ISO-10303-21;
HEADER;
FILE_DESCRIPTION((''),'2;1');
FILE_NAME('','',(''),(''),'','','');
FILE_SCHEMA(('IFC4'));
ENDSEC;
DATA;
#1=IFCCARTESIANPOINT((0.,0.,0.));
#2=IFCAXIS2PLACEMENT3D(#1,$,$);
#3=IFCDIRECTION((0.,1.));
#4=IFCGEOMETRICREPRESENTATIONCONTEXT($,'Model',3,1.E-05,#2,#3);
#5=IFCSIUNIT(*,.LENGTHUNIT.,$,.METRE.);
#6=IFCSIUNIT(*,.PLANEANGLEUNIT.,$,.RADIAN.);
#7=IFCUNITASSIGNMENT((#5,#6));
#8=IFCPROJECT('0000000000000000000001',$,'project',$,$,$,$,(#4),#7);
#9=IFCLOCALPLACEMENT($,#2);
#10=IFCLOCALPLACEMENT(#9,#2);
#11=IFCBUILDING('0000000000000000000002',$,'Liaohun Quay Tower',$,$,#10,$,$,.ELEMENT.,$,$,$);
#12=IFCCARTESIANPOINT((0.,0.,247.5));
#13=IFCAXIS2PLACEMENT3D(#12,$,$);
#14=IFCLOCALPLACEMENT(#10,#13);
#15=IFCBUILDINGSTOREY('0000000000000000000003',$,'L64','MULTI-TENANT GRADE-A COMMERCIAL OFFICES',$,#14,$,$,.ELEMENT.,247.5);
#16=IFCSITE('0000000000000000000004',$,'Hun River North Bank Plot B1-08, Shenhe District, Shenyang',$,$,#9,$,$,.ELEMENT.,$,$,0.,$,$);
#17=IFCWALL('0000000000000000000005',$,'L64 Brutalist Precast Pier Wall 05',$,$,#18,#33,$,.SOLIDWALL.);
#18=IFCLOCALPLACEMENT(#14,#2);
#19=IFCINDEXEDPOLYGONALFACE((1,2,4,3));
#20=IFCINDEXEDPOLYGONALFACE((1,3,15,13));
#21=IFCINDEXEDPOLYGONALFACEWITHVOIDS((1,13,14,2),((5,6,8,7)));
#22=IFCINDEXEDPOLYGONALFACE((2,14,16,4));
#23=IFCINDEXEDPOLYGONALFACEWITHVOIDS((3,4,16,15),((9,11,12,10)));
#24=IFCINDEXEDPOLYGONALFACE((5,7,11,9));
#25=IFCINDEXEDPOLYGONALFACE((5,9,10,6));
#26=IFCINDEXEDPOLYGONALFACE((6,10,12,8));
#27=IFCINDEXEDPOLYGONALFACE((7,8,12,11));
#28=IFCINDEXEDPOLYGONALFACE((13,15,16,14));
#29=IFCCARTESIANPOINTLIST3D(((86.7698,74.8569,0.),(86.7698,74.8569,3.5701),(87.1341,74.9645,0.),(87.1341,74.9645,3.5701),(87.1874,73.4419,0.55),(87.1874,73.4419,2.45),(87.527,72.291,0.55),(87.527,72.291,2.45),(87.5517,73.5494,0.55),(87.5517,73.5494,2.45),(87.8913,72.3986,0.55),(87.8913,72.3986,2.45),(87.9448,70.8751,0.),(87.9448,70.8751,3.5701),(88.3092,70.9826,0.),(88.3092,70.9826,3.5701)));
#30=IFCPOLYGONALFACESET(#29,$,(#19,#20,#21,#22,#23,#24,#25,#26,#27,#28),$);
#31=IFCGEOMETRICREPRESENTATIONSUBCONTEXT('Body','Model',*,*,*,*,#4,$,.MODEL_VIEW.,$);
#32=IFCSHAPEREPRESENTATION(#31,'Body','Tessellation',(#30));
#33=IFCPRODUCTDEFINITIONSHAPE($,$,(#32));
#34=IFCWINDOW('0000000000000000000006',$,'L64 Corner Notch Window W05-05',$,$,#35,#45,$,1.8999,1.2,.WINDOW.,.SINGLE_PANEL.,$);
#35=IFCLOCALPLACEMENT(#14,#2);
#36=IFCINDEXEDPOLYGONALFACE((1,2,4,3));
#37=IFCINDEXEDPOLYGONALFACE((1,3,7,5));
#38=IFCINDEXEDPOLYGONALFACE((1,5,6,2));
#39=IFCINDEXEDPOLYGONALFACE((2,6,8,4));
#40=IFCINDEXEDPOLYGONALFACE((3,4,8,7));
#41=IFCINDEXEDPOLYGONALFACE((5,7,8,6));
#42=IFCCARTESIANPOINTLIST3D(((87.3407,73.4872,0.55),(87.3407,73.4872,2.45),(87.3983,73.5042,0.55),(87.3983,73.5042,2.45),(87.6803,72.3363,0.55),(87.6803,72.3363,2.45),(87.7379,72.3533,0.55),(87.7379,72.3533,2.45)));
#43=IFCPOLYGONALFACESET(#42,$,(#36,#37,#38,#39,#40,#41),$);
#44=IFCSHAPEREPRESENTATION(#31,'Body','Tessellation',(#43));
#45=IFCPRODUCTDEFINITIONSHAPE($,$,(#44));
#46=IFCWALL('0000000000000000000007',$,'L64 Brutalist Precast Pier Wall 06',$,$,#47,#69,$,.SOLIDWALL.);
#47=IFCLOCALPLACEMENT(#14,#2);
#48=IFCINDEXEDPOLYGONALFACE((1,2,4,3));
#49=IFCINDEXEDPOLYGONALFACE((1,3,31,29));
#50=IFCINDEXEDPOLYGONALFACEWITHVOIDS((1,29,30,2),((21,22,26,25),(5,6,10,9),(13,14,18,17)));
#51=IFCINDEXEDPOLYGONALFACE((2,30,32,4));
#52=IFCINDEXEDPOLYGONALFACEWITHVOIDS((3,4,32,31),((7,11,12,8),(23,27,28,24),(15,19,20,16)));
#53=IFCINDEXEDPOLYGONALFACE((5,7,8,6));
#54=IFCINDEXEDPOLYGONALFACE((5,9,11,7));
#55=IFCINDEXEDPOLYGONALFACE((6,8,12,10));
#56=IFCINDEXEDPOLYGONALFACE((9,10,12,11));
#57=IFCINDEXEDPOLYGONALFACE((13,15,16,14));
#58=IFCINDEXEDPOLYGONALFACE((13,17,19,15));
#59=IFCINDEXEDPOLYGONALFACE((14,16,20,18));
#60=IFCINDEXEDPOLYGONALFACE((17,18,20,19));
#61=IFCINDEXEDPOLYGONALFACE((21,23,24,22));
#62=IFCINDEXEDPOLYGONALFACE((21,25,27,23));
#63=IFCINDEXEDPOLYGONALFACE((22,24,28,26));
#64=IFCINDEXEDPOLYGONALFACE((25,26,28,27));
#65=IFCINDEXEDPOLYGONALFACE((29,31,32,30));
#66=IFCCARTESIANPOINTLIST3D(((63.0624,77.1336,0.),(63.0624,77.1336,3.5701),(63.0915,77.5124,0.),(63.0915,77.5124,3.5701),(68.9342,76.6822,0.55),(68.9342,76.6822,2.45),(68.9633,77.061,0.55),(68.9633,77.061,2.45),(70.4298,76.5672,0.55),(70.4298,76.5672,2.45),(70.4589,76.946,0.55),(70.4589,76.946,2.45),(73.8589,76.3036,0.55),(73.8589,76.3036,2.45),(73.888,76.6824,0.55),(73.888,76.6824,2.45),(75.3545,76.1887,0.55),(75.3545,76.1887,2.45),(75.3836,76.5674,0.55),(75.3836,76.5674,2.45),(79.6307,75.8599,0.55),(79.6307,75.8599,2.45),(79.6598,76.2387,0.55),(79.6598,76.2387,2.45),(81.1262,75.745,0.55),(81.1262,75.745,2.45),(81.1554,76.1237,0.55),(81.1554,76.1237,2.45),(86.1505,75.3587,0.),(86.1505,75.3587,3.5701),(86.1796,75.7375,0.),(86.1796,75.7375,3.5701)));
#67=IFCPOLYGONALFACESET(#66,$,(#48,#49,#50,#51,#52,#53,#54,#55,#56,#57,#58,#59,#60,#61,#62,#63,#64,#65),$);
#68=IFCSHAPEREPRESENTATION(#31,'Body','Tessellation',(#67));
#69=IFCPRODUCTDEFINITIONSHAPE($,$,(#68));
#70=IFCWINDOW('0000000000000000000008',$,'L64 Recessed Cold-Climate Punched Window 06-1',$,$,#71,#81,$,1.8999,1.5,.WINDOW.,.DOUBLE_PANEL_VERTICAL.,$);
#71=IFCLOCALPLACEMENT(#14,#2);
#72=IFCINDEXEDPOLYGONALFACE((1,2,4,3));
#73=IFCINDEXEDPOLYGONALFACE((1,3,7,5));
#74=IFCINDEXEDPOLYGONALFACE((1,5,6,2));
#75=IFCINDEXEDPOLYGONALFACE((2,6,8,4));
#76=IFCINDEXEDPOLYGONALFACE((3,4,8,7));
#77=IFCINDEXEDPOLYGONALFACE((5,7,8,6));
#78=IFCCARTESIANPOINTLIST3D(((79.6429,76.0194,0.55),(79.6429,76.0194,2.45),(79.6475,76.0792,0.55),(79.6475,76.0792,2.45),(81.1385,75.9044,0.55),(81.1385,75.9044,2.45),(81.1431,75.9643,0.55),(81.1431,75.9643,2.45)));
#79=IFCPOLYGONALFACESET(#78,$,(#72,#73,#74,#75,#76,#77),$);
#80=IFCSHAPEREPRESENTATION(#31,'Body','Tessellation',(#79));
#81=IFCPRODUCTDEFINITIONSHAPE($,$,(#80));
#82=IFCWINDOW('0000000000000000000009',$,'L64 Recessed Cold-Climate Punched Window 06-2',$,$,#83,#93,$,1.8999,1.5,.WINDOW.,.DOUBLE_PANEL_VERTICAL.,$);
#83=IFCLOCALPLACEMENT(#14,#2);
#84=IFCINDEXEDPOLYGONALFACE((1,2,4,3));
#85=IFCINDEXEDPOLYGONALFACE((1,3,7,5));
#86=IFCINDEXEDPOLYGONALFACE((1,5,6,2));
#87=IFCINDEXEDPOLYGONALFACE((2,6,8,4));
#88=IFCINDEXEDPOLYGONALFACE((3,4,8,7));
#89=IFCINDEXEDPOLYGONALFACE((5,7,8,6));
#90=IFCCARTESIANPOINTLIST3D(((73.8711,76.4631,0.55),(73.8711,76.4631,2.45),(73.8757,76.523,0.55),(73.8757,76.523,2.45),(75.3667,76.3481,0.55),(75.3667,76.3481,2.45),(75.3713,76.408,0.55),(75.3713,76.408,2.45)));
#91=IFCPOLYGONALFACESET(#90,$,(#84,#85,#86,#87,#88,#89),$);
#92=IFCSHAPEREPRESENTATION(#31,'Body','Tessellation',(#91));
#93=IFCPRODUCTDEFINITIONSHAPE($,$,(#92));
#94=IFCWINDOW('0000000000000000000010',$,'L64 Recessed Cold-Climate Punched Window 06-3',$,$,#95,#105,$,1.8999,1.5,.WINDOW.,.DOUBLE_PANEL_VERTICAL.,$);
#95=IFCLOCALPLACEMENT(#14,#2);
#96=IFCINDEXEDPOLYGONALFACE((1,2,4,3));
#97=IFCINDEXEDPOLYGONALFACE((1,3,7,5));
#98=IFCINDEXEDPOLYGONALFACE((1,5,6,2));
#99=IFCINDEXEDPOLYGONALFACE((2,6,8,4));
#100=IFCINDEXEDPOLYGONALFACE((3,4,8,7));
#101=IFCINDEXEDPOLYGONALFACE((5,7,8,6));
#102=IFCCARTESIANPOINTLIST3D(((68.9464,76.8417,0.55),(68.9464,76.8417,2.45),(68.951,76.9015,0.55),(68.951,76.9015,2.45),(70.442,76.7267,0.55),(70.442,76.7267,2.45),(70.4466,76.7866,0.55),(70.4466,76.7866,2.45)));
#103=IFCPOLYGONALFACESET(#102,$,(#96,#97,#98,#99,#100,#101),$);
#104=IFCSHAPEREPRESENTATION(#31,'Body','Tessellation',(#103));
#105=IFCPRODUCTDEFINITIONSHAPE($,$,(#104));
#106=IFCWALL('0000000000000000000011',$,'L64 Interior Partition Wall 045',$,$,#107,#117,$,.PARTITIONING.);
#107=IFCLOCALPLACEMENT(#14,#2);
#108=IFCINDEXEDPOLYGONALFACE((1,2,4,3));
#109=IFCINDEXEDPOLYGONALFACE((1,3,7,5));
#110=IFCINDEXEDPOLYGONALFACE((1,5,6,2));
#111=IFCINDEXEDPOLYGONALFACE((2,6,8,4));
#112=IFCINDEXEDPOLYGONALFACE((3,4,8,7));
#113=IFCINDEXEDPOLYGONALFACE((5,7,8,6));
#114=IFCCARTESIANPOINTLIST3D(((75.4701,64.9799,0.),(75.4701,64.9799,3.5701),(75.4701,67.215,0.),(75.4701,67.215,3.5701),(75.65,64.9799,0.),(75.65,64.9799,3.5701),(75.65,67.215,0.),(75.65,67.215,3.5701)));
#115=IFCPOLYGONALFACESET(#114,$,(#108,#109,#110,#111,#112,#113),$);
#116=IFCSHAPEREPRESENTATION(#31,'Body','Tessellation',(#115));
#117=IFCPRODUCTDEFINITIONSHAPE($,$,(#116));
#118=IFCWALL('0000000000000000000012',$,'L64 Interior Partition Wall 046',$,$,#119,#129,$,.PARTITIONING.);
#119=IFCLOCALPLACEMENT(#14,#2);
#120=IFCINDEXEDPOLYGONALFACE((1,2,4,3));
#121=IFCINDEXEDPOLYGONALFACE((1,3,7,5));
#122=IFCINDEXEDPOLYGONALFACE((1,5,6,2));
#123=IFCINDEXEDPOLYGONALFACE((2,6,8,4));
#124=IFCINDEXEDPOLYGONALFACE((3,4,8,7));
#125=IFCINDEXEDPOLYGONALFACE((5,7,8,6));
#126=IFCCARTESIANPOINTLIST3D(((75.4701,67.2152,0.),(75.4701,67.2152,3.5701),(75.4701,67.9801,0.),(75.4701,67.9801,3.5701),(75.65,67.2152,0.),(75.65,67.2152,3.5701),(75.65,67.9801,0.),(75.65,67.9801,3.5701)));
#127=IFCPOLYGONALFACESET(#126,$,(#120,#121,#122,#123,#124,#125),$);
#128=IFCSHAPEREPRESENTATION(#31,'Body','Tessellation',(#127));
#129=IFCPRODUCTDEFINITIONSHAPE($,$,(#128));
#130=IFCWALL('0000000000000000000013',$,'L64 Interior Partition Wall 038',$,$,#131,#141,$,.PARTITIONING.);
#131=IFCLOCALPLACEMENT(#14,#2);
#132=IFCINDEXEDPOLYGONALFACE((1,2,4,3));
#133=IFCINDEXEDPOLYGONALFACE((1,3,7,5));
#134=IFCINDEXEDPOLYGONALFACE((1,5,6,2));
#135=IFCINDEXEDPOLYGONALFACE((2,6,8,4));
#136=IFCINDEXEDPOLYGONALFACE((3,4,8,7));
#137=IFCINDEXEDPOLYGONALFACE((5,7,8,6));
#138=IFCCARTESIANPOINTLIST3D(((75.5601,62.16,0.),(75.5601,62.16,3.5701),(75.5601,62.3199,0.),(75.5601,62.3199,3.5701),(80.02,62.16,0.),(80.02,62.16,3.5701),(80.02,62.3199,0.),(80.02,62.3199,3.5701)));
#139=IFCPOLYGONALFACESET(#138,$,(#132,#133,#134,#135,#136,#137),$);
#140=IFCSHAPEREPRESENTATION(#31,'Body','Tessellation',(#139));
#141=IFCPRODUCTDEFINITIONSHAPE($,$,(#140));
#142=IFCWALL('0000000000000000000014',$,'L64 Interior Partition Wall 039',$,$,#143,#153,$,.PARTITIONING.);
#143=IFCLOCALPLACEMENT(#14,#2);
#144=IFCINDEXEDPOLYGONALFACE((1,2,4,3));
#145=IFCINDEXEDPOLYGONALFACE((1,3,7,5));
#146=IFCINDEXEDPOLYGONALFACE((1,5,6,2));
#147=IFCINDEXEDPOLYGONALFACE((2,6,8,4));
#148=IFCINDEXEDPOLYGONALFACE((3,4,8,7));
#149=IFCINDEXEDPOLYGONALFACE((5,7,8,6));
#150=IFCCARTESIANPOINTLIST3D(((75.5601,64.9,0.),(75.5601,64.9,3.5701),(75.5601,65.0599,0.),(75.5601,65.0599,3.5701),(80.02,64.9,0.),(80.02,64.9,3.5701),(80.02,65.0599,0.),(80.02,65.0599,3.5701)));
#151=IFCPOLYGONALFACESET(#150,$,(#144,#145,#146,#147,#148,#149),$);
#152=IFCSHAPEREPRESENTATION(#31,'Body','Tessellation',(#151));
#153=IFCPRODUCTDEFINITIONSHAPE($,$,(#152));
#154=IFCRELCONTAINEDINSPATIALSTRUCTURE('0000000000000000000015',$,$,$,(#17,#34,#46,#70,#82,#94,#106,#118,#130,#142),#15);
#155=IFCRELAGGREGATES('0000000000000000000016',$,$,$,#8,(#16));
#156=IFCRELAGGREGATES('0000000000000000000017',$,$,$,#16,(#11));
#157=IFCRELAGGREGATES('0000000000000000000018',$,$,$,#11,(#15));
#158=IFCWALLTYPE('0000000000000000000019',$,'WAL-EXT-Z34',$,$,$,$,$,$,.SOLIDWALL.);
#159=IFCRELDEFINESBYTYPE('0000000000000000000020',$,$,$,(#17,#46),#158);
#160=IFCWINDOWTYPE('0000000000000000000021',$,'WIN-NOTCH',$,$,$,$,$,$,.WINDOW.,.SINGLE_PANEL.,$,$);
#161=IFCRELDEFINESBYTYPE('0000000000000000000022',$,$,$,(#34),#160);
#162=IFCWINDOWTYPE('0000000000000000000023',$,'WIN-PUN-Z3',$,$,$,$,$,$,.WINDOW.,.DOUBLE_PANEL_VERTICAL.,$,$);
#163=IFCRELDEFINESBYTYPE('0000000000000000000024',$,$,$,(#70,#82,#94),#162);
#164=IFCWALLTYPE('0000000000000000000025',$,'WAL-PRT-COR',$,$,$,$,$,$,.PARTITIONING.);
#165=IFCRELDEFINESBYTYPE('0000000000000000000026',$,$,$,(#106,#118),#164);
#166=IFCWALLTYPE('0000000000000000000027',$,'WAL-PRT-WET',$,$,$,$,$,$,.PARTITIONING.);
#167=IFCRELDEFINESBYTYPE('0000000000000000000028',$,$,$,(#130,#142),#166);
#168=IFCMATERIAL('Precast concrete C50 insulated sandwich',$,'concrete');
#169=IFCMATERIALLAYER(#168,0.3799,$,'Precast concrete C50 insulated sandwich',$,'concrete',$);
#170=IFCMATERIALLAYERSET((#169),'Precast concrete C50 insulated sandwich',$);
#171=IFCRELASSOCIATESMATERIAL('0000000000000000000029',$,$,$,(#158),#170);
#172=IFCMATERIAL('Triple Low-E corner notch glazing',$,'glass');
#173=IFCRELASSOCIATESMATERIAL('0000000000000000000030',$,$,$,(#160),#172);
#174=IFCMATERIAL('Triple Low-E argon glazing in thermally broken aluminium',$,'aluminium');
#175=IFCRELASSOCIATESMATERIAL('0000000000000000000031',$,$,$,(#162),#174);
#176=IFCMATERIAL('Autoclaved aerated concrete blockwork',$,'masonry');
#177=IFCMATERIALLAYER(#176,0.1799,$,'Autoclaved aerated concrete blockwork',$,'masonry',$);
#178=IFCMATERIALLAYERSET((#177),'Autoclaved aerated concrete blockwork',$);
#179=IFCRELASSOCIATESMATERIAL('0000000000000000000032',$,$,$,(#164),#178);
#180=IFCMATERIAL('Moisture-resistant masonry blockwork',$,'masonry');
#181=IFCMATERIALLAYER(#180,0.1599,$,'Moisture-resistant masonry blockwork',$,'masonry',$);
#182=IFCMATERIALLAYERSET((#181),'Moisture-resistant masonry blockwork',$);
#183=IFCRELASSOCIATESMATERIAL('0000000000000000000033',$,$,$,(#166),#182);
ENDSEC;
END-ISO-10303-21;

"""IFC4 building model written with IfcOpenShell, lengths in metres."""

from ifc_helpers import new_model, si_unit, direction, frame, frame_2d, origin, place, context, subcontext, project, spatial, rectangle, extrude, source, transform, mapped, material, layer, layer_set, type_object, element, fill, save


model = new_model("IFC4")

# Units and contexts
model_context = context("Model", 3, precision=1e-05, world=origin(), true_north=direction((0.0, 1.0)))
body_context = subcontext(model_context, "Body", "Model", "MODEL_VIEW")
ifc_project = project(units=[si_unit("LENGTHUNIT", "METRE"), si_unit("PLANEANGLEUNIT", "RADIAN")], contexts=[model_context])

# Site, building, storey
site_placement = place(None, origin())
site = spatial("IfcSite", under=ifc_project, at=site_placement, Name="Hun River North Bank Plot B1-08, Shenhe District, Shenyang", CompositionType="ELEMENT", RefElevation=0.0)
building_placement = place(site_placement, origin())
building = spatial("IfcBuilding", under=site, at=building_placement, Name="Liaohun Quay Tower", CompositionType="ELEMENT")
storey_placement = place(building_placement, frame((0.0, 0.0, 247.5)))
storey = spatial("IfcBuildingStorey", under=building, at=storey_placement, Name="L64", Description="MULTI-TENANT GRADE-A COMMERCIAL OFFICES", CompositionType="ELEMENT", Elevation=247.5)

# Wall, opening, window
ifc_material_1 = material(Name="Precast concrete C50 insulated sandwich", Category="concrete")
ifc_layer_1 = layer(ifc_material_1, 0.3799, Name="Precast concrete C50 insulated sandwich", Category="concrete")
ifc_layer_set_1 = layer_set([ifc_layer_1], Name="Precast concrete C50 insulated sandwich")
wall_type_1 = type_object("IfcWallType", Name="WAL-EXT-Z34", PredefinedType="SOLIDWALL", material=ifc_layer_set_1)
shared_shape_1 = source(origin(), body_context, "Body", "SweptSolid", [
    extrude(rectangle(XDim=1.2, YDim=1.8999, at=frame_2d((0.6001, 0.95))), frame((0.0, 0.2, 0.0), z_axis=(0.0, -1.0, 0.0), x_axis=(1.0, 0.0, 0.0)), (0.0, 0.0, 1.0), 0.3999),
])
ifc_material_2 = material(Name="Triple Low-E corner notch glazing", Category="glass")
window_type_1 = type_object("IfcWindowType", Name="WIN-NOTCH", PartitioningType="SINGLE_PANEL", PredefinedType="WINDOW", material=ifc_material_2)
shared_shape_2 = source(origin(), body_context, "Body", "SweptSolid", [
    extrude(rectangle(XDim=1.2, YDim=1.8999, at=frame_2d((0.6001, 0.95))), frame((0.0, 0.03, 0.0), z_axis=(0.0, -1.0, 0.0), x_axis=(1.0, 0.0, 0.0)), (0.0, 0.0, 1.0), 0.0601),
])
wall_1_placement = place(storey_placement, frame((88.127, 70.929, 0.0), z_axis=(0.0, 0.0, 1.0), x_axis=(-0.283029, 0.959111, 0.0)))
wall_1 = element("IfcWall", 1, at=wall_1_placement, inside=storey, type_object=wall_type_1, Name="L64 Brutalist Precast Pier Wall 05", PredefinedType="SOLIDWALL", context=body_context, shape_type="SweptSolid", body=[
    extrude(rectangle(XDim=4.1516, YDim=0.3799, at=frame_2d((2.0757, 0.0))), origin(), (0.0, 0.0, 1.0), 3.5701),
])
opening_1_placement = place(wall_1_placement, frame((1.4761, 0.0, 0.55)))
opening_1 = element("IfcOpeningElement", 2, at=opening_1_placement, cuts=wall_1, PredefinedType="OPENING", context=body_context, shape_type="MappedRepresentation", body=[
    mapped(shared_shape_1, transform((0.0, 0.0, 0.0), x_axis=(1.0, 0.0, 0.0), y_axis=(0.0, 1.0, 0.0), z_axis=(0.0, 0.0, 1.0), scale=1.0)),
])
window_1_placement = place(opening_1_placement, origin())
window_1 = element("IfcWindow", 3, at=window_1_placement, inside=storey, type_object=window_type_1, Name="L64 Corner Notch Window W05-05", OverallHeight=1.8999, OverallWidth=1.2, PartitioningType="SINGLE_PANEL", PredefinedType="WINDOW", context=body_context, shape_type="MappedRepresentation", body=[
    mapped(shared_shape_2, transform((0.0, 0.0, 0.0), x_axis=(1.0, 0.0, 0.0), y_axis=(0.0, 1.0, 0.0), z_axis=(0.0, 0.0, 1.0), scale=1.0)),
])
fill(opening_1, window_1)

# Wall, openings, windows
wall_2_placement = place(storey_placement, frame((86.165, 75.5481, 0.0), z_axis=(0.0, 0.0, 1.0), x_axis=(-0.997058, 0.076649, 0.0)))
wall_2 = element("IfcWall", 4, at=wall_2_placement, inside=storey, type_object=wall_type_1, Name="L64 Brutalist Precast Pier Wall 06", PredefinedType="SOLIDWALL", context=body_context, shape_type="SweptSolid", body=[
    extrude(rectangle(XDim=23.1562, YDim=0.3799, at=frame_2d((11.5781, 0.0))), origin(), (0.0, 0.0, 1.0), 3.5701),
])
shared_shape_3 = source(origin(), body_context, "Body", "SweptSolid", [
    extrude(rectangle(XDim=1.5, YDim=1.8999, at=frame_2d((0.75, 0.95))), frame((0.0, 0.2, 0.0), z_axis=(0.0, -1.0, 0.0), x_axis=(1.0, 0.0, 0.0)), (0.0, 0.0, 1.0), 0.3999),
])
opening_2_placement = place(wall_2_placement, frame((5.0391, 0.0, 0.55)))
opening_2 = element("IfcOpeningElement", 5, at=opening_2_placement, cuts=wall_2, PredefinedType="OPENING", context=body_context, shape_type="MappedRepresentation", body=[
    mapped(shared_shape_3, transform((0.0, 0.0, 0.0), x_axis=(1.0, 0.0, 0.0), y_axis=(0.0, 1.0, 0.0), z_axis=(0.0, 0.0, 1.0), scale=1.0)),
])
opening_3_placement = place(wall_2_placement, frame((10.8279, 0.0, 0.55)))
opening_3 = element("IfcOpeningElement", 6, at=opening_3_placement, cuts=wall_2, PredefinedType="OPENING", context=body_context, shape_type="MappedRepresentation", body=[
    mapped(shared_shape_3, transform((0.0, 0.0, 0.0), x_axis=(1.0, 0.0, 0.0), y_axis=(0.0, 1.0, 0.0), z_axis=(0.0, 0.0, 1.0), scale=1.0)),
])
opening_4_placement = place(wall_2_placement, frame((15.7671, 0.0, 0.55)))
opening_4 = element("IfcOpeningElement", 7, at=opening_4_placement, cuts=wall_2, PredefinedType="OPENING", context=body_context, shape_type="MappedRepresentation", body=[
    mapped(shared_shape_3, transform((0.0, 0.0, 0.0), x_axis=(1.0, 0.0, 0.0), y_axis=(0.0, 1.0, 0.0), z_axis=(0.0, 0.0, 1.0), scale=1.0)),
])
ifc_material_3 = material(Name="Triple Low-E argon glazing in thermally broken aluminium", Category="aluminium")
window_type_2 = type_object("IfcWindowType", Name="WIN-PUN-Z3", PartitioningType="DOUBLE_PANEL_VERTICAL", PredefinedType="WINDOW", material=ifc_material_3)
shared_shape_4 = source(origin(), body_context, "Body", "SweptSolid", [
    extrude(rectangle(XDim=1.5, YDim=1.8999, at=frame_2d((0.75, 0.95))), frame((0.0, 0.03, 0.0), z_axis=(0.0, -1.0, 0.0), x_axis=(1.0, 0.0, 0.0)), (0.0, 0.0, 1.0), 0.0601),
])
window_2_placement = place(opening_2_placement, origin())
window_2 = element("IfcWindow", 8, at=window_2_placement, inside=storey, type_object=window_type_2, Name="L64 Recessed Cold-Climate Punched Window 06-1", OverallHeight=1.8999, OverallWidth=1.5, PartitioningType="DOUBLE_PANEL_VERTICAL", PredefinedType="WINDOW", context=body_context, shape_type="MappedRepresentation", body=[
    mapped(shared_shape_4, transform((0.0, 0.0, 0.0), x_axis=(1.0, 0.0, 0.0), y_axis=(0.0, 1.0, 0.0), z_axis=(0.0, 0.0, 1.0), scale=1.0)),
])
fill(opening_2, window_2)
window_3_placement = place(opening_3_placement, origin())
window_3 = element("IfcWindow", 9, at=window_3_placement, inside=storey, type_object=window_type_2, Name="L64 Recessed Cold-Climate Punched Window 06-2", OverallHeight=1.8999, OverallWidth=1.5, PartitioningType="DOUBLE_PANEL_VERTICAL", PredefinedType="WINDOW", context=body_context, shape_type="MappedRepresentation", body=[
    mapped(shared_shape_4, transform((0.0, 0.0, 0.0), x_axis=(1.0, 0.0, 0.0), y_axis=(0.0, 1.0, 0.0), z_axis=(0.0, 0.0, 1.0), scale=1.0)),
])
fill(opening_3, window_3)
window_4_placement = place(opening_4_placement, origin())
window_4 = element("IfcWindow", 10, at=window_4_placement, inside=storey, type_object=window_type_2, Name="L64 Recessed Cold-Climate Punched Window 06-3", OverallHeight=1.8999, OverallWidth=1.5, PartitioningType="DOUBLE_PANEL_VERTICAL", PredefinedType="WINDOW", context=body_context, shape_type="MappedRepresentation", body=[
    mapped(shared_shape_4, transform((0.0, 0.0, 0.0), x_axis=(1.0, 0.0, 0.0), y_axis=(0.0, 1.0, 0.0), z_axis=(0.0, 0.0, 1.0), scale=1.0)),
])
fill(opening_4, window_4)

# Walls
ifc_material_4 = material(Name="Autoclaved aerated concrete blockwork", Category="masonry")
ifc_layer_2 = layer(ifc_material_4, 0.1799, Name="Autoclaved aerated concrete blockwork", Category="masonry")
ifc_layer_set_2 = layer_set([ifc_layer_2], Name="Autoclaved aerated concrete blockwork")
wall_type_2 = type_object("IfcWallType", Name="WAL-PRT-COR", PredefinedType="PARTITIONING", material=ifc_layer_set_2)
wall_3_placement = place(storey_placement, frame((75.5601, 67.2151, 0.0), z_axis=(0.0, 0.0, 1.0), x_axis=(0.0, -1.0, 0.0)))
element("IfcWall", 11, at=wall_3_placement, inside=storey, type_object=wall_type_2, Name="L64 Interior Partition Wall 045", PredefinedType="PARTITIONING", context=body_context, shape_type="SweptSolid", body=[
    extrude(rectangle(XDim=2.2351, YDim=0.1799, at=frame_2d((1.1177, 0.0))), origin(), (0.0, 0.0, 1.0), 3.5701),
])
wall_4_placement = place(storey_placement, frame((75.5601, 67.98, 0.0), z_axis=(0.0, 0.0, 1.0), x_axis=(0.0, -1.0, 0.0)))
element("IfcWall", 12, at=wall_4_placement, inside=storey, type_object=wall_type_2, Name="L64 Interior Partition Wall 046", PredefinedType="PARTITIONING", context=body_context, shape_type="SweptSolid", body=[
    extrude(rectangle(XDim=0.7649, YDim=0.1799, at=frame_2d((0.3823, 0.0))), origin(), (0.0, 0.0, 1.0), 3.5701),
])
ifc_material_5 = material(Name="Moisture-resistant masonry blockwork", Category="masonry")
ifc_layer_3 = layer(ifc_material_5, 0.1599, Name="Moisture-resistant masonry blockwork", Category="masonry")
ifc_layer_set_3 = layer_set([ifc_layer_3], Name="Moisture-resistant masonry blockwork")
wall_type_3 = type_object("IfcWallType", Name="WAL-PRT-WET", PredefinedType="PARTITIONING", material=ifc_layer_set_3)
for number, where, z_axis, x_axis, name in (
    (13, (75.5601, 62.24, 0.0), (0.0, 0.0, 1.0), (1.0, 0.0, 0.0), "L64 Interior Partition Wall 038"),
    (14, (75.5601, 64.98, 0.0), (0.0, 0.0, 1.0), (1.0, 0.0, 0.0), "L64 Interior Partition Wall 039"),
):
    element("IfcWall", number, at=place(storey_placement, frame(where, z_axis=z_axis, x_axis=x_axis)), inside=storey, type_object=wall_type_3, Name=name, PredefinedType="PARTITIONING", context=body_context, shape_type="SweptSolid", body=[
        extrude(rectangle(XDim=4.46, YDim=0.1599, at=frame_2d((2.23, 0.0))), origin(), (0.0, 0.0, 1.0), 3.5701),
    ])

save(model, "model.ifc")
